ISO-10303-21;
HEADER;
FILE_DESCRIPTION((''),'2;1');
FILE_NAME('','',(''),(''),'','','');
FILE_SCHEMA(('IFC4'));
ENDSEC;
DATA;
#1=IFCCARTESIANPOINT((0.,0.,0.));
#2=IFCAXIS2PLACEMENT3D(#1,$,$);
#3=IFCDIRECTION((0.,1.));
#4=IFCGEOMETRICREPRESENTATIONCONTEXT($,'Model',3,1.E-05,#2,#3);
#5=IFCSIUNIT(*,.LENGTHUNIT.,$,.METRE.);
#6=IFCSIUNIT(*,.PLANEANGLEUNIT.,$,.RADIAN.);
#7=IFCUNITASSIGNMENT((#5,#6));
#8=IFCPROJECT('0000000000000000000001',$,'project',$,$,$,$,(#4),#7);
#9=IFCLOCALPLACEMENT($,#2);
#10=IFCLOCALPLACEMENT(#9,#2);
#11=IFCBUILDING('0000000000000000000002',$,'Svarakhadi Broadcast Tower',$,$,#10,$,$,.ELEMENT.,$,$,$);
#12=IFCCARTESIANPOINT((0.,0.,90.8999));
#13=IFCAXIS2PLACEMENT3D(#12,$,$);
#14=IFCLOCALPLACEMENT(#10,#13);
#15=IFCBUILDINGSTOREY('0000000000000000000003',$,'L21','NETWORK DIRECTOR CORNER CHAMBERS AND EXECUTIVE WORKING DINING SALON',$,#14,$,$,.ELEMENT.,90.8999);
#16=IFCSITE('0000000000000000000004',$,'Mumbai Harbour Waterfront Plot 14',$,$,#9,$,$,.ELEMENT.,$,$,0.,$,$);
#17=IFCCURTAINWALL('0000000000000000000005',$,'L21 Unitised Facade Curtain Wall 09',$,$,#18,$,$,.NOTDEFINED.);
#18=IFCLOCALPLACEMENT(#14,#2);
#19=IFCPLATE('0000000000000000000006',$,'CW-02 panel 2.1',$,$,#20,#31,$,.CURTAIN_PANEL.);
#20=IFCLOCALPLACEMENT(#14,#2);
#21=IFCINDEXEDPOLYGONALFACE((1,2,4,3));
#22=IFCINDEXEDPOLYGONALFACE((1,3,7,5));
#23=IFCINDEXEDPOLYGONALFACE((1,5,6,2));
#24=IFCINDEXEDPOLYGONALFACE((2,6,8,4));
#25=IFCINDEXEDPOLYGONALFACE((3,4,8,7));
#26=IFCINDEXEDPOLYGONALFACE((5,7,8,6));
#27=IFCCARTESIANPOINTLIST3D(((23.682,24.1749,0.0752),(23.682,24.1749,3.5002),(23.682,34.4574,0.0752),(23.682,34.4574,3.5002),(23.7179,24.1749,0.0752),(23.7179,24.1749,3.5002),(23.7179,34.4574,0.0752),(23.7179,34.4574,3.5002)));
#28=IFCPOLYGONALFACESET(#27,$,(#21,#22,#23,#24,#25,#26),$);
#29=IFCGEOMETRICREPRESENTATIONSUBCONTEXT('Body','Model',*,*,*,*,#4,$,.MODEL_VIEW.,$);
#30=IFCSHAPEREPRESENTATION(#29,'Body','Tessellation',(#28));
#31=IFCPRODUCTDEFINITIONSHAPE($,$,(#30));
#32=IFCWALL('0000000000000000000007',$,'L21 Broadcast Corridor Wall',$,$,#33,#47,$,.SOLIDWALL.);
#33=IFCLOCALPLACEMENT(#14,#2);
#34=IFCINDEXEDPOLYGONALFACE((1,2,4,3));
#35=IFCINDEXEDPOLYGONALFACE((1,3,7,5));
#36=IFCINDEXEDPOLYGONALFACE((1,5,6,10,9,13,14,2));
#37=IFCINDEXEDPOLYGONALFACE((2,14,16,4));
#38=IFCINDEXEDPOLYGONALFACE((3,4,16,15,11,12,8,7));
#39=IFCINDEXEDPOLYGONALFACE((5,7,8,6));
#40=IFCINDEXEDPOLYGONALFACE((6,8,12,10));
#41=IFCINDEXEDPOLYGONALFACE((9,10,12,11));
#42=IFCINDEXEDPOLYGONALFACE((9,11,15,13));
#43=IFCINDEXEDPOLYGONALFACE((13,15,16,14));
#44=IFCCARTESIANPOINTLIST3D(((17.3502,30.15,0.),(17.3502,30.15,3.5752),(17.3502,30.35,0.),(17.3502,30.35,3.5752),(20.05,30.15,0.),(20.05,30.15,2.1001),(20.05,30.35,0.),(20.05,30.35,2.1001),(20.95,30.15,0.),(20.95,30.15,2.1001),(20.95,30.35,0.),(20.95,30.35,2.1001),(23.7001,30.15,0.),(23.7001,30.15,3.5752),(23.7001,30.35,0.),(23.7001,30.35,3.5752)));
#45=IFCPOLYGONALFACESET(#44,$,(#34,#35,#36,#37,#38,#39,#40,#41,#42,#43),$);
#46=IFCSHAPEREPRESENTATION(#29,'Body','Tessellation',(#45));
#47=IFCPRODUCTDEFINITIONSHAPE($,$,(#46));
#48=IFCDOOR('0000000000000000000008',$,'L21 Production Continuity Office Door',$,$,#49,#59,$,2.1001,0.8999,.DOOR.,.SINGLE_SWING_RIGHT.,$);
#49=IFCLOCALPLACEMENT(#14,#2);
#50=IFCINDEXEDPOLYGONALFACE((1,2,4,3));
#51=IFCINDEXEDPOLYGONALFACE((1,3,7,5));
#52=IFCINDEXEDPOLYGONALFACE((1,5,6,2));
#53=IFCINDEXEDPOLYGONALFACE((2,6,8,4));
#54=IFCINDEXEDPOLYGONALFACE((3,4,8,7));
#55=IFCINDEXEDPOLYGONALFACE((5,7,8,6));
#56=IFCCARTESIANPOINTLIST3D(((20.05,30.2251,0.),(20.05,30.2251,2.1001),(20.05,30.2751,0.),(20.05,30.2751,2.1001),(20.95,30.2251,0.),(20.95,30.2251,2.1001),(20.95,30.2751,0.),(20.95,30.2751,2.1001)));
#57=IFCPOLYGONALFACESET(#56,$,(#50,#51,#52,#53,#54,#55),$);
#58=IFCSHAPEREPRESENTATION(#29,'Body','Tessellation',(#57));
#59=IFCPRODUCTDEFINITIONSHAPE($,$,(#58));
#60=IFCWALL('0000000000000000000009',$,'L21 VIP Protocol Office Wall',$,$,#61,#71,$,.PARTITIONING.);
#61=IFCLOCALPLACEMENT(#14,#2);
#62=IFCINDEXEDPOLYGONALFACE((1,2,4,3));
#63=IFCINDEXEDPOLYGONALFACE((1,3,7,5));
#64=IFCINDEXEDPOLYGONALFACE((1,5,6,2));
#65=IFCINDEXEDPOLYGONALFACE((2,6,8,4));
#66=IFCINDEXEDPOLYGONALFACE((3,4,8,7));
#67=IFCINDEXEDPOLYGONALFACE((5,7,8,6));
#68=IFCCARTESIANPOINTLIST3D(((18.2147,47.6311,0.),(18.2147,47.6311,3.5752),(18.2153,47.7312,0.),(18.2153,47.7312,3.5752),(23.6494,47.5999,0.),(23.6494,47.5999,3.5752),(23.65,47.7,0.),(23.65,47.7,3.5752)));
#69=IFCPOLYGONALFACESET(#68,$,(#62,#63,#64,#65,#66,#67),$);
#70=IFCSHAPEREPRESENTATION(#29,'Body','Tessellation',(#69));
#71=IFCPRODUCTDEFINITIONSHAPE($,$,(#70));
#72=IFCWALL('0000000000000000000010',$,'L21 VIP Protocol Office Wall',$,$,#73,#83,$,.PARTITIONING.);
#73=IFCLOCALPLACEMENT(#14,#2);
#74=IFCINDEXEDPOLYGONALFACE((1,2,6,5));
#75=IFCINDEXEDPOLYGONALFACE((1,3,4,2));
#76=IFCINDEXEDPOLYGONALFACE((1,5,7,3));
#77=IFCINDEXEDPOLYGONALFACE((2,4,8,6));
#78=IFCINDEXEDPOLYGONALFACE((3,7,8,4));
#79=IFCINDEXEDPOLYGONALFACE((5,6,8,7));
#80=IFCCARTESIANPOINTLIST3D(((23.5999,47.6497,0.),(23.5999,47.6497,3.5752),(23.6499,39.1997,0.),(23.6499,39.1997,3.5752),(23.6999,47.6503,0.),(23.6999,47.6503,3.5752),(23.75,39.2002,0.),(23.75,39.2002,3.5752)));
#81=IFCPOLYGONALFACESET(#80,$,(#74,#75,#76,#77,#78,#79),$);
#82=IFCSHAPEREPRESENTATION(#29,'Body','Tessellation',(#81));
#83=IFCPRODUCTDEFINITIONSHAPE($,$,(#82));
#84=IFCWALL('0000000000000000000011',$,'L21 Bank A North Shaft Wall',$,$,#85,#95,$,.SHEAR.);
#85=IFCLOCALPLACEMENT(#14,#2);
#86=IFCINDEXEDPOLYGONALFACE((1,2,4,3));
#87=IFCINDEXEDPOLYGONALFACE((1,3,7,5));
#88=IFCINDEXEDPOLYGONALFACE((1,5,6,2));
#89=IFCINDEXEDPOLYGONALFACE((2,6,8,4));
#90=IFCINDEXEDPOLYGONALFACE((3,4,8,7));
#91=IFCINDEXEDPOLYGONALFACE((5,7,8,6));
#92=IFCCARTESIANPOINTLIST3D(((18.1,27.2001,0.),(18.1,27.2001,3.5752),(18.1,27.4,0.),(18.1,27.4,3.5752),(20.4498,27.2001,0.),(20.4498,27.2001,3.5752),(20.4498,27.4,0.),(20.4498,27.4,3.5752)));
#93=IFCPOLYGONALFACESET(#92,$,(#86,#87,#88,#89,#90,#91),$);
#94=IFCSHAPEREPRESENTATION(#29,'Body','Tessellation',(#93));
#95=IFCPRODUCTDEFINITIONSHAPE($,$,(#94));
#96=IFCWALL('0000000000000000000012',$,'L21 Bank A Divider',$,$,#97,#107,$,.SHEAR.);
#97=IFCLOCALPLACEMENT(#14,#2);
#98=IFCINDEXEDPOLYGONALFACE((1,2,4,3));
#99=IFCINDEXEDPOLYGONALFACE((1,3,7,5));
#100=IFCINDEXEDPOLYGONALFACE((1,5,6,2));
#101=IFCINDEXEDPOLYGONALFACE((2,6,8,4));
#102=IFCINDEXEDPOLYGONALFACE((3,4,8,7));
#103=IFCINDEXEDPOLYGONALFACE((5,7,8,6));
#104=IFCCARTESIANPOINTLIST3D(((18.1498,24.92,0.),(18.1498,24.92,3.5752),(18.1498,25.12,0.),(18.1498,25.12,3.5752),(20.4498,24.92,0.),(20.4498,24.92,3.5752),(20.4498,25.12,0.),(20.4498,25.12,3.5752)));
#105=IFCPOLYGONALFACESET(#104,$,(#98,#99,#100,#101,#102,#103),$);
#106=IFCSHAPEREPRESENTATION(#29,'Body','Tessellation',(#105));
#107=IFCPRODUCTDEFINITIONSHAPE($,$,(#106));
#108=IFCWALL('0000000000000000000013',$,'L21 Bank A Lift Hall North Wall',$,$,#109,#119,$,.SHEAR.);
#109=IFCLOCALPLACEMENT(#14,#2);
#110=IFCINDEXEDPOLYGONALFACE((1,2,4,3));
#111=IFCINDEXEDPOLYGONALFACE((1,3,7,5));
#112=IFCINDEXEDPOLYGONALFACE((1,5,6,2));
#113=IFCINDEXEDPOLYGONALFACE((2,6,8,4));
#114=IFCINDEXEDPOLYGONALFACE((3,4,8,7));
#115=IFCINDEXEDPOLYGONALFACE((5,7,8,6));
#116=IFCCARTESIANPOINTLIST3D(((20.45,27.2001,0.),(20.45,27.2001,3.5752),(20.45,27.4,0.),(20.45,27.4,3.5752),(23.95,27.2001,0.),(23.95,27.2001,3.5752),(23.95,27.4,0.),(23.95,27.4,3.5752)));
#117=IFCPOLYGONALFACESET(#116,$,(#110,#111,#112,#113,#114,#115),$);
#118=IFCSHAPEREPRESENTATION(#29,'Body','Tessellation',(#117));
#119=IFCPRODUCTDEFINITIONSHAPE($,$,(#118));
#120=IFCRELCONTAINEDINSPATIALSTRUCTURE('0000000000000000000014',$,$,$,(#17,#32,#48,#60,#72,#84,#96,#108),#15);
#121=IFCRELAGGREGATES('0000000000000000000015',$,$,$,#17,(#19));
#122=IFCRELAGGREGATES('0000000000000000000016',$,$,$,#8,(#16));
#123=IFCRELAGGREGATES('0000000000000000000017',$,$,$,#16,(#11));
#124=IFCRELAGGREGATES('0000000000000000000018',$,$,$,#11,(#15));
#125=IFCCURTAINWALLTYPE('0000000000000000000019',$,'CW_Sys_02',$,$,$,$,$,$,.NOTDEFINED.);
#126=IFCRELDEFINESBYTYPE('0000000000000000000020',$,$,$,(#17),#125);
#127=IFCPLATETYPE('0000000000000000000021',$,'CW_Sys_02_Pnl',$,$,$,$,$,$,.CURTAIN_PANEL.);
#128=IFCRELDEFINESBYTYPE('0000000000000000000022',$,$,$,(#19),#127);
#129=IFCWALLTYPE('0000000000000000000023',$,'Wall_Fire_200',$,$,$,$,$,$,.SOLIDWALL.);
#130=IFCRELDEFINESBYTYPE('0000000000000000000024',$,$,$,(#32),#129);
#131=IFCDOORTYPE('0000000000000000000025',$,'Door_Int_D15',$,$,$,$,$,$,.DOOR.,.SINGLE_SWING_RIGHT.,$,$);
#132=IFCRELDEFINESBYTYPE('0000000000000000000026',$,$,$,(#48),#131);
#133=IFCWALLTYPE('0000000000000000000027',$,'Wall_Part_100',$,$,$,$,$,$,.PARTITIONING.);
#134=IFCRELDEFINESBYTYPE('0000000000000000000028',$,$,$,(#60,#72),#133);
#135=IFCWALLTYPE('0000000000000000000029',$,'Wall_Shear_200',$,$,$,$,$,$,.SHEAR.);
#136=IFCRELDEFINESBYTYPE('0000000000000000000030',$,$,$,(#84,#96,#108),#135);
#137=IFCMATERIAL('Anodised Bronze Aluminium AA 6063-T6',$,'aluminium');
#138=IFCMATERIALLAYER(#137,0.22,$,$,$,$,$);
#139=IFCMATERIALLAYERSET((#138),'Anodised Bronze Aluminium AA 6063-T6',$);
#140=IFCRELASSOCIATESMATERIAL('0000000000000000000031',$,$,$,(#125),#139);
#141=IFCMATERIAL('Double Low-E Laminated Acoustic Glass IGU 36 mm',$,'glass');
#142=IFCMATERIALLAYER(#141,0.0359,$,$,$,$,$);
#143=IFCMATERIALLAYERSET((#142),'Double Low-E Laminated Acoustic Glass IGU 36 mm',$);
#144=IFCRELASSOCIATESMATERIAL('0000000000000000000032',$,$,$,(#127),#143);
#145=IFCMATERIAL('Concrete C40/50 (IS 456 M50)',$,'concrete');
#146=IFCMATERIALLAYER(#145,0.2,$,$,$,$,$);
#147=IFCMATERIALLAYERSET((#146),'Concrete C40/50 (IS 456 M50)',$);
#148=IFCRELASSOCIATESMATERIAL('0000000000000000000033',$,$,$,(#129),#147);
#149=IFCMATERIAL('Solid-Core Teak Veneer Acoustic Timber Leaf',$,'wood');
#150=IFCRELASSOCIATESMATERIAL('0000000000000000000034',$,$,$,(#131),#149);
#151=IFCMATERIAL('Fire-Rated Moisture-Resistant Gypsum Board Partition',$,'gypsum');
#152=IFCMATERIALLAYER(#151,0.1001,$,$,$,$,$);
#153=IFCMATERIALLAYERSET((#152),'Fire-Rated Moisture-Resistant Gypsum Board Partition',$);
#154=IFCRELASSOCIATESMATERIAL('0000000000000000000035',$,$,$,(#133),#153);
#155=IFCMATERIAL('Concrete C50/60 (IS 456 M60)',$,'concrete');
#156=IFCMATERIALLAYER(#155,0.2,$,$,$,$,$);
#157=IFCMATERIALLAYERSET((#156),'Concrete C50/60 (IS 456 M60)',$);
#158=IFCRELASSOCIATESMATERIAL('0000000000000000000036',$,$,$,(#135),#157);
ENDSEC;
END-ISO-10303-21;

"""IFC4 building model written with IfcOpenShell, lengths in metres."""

from ifc_helpers import new_model, si_unit, direction, frame, frame_2d, origin, origin_2d, place, context, subcontext, project, spatial, rectangle, extrude, material, layer, layer_set, type_object, element, fill, aggregate, save


model = new_model("IFC4")

# Units and contexts
model_context = context("Model", 3, precision=1e-05, world=origin(), true_north=direction((0.0, 1.0)))
body_context = subcontext(model_context, "Body", "Model", "MODEL_VIEW")
ifc_project = project(units=[si_unit("LENGTHUNIT", "METRE"), si_unit("PLANEANGLEUNIT", "RADIAN")], contexts=[model_context])

# Site, building, storey
site_placement = place(None, origin())
site = spatial("IfcSite", under=ifc_project, at=site_placement, Name="Mumbai Harbour Waterfront Plot 14", CompositionType="ELEMENT", RefElevation=0.0)
building_placement = place(site_placement, origin())
building = spatial("IfcBuilding", under=site, at=building_placement, Name="Svarakhadi Broadcast Tower", CompositionType="ELEMENT")
storey_placement = place(building_placement, frame((0.0, 0.0, 90.8999)))
storey = spatial("IfcBuildingStorey", under=building, at=storey_placement, Name="L21", Description="NETWORK DIRECTOR CORNER CHAMBERS AND EXECUTIVE WORKING DINING SALON", CompositionType="ELEMENT", Elevation=90.8999)

# Curtain wall
ifc_material_1 = material(Name="Anodised Bronze Aluminium AA 6063-T6", Category="aluminium")
ifc_layer_1 = layer(ifc_material_1, 0.22)
ifc_layer_set_1 = layer_set([ifc_layer_1], Name="Anodised Bronze Aluminium AA 6063-T6")
curtain_wall_type = type_object("IfcCurtainWallType", Name="CW_Sys_02", PredefinedType="NOTDEFINED", material=ifc_layer_set_1)
curtain_wall_1_placement = place(storey_placement, origin())
curtain_wall_1 = element("IfcCurtainWall", 1, at=curtain_wall_1_placement, inside=storey, type_object=curtain_wall_type, Name="L21 Unitised Facade Curtain Wall 09", PredefinedType="NOTDEFINED")

# Plate
ifc_material_2 = material(Name="Double Low-E Laminated Acoustic Glass IGU 36 mm", Category="glass")
ifc_layer_2 = layer(ifc_material_2, 0.0359)
ifc_layer_set_2 = layer_set([ifc_layer_2], Name="Double Low-E Laminated Acoustic Glass IGU 36 mm")
plate_type = type_object("IfcPlateType", Name="CW_Sys_02_Pnl", PredefinedType="CURTAIN_PANEL", material=ifc_layer_set_2)
plate_1_placement = place(storey_placement, frame((23.7, 29.3162, 0.0752), z_axis=(0.0, 0.0, 1.0), x_axis=(0.0, -1.0, 0.0)))
plate_1 = element("IfcPlate", 2, at=plate_1_placement, type_object=plate_type, Name="CW-02 panel 2.1", PredefinedType="CURTAIN_PANEL", context=body_context, shape_type="SweptSolid", body=[
    extrude(rectangle(XDim=10.2825, YDim=0.0359, at=origin_2d()), origin(), (0.0, 0.0, 1.0), 3.425),
])
aggregate(curtain_wall_1, [plate_1])

# Wall, opening, door
ifc_material_3 = material(Name="Concrete C40/50 (IS 456 M50)", Category="concrete")
ifc_layer_3 = layer(ifc_material_3, 0.2)
ifc_layer_set_3 = layer_set([ifc_layer_3], Name="Concrete C40/50 (IS 456 M50)")
wall_type_1 = type_object("IfcWallType", Name="Wall_Fire_200", PredefinedType="SOLIDWALL", material=ifc_layer_set_3)
wall_1_placement = place(storey_placement, frame((23.7, 30.25, 0.0), z_axis=(0.0, 0.0, 1.0), x_axis=(-1.0, 0.0, 0.0)))
wall_1 = element("IfcWall", 3, at=wall_1_placement, inside=storey, type_object=wall_type_1, Name="L21 Broadcast Corridor Wall", PredefinedType="SOLIDWALL", context=body_context, shape_type="SweptSolid", body=[
    extrude(rectangle(XDim=6.3499, YDim=0.2, at=frame_2d((3.1748, 0.0))), origin(), (0.0, 0.0, 1.0), 3.5752),
])
opening_placement = place(wall_1_placement, frame((2.75, 0.0, 0.0)))
opening = element("IfcOpeningElement", 4, at=opening_placement, cuts=wall_1, PredefinedType="OPENING", context=body_context, shape_type="SweptSolid", body=[
    extrude(rectangle(XDim=0.8999, YDim=2.1001, at=frame_2d((0.45, 1.05))), frame((0.0, 0.1099, 0.0), z_axis=(0.0, -1.0, 0.0), x_axis=(1.0, 0.0, 0.0)), (0.0, 0.0, 1.0), 0.22),
])
ifc_material_4 = material(Name="Solid-Core Teak Veneer Acoustic Timber Leaf", Category="wood")
door_type = type_object("IfcDoorType", Name="Door_Int_D15", OperationType="SINGLE_SWING_RIGHT", PredefinedType="DOOR", material=ifc_material_4)
door_placement = place(opening_placement, origin())
door = element("IfcDoor", 5, at=door_placement, inside=storey, type_object=door_type, Name="L21 Production Continuity Office Door", OperationType="SINGLE_SWING_RIGHT", OverallHeight=2.1001, OverallWidth=0.8999, PredefinedType="DOOR", context=body_context, shape_type="SweptSolid", body=[
    extrude(rectangle(XDim=0.8999, YDim=2.1001, at=frame_2d((0.45, 1.05))), frame((0.0, 0.0249, 0.0), z_axis=(0.0, -1.0, 0.0), x_axis=(1.0, 0.0, 0.0)), (0.0, 0.0, 1.0), 0.05),
])
fill(opening, door)

# Walls
ifc_material_5 = material(Name="Fire-Rated Moisture-Resistant Gypsum Board Partition", Category="gypsum")
ifc_layer_4 = layer(ifc_material_5, 0.1001)
ifc_layer_set_4 = layer_set([ifc_layer_4], Name="Fire-Rated Moisture-Resistant Gypsum Board Partition")
wall_type_2 = type_object("IfcWallType", Name="Wall_Part_100", PredefinedType="PARTITIONING", material=ifc_layer_set_4)
wall_2_placement = place(storey_placement, frame((18.2151, 47.6812, 0.0), z_axis=(0.0, 0.0, 1.0), x_axis=(0.999983, -0.00575, 0.0)))
element("IfcWall", 6, at=wall_2_placement, inside=storey, type_object=wall_type_2, Name="L21 VIP Protocol Office Wall", PredefinedType="PARTITIONING", context=body_context, shape_type="SweptSolid", body=[
    extrude(rectangle(XDim=5.4348, YDim=0.1001, at=frame_2d((2.7173, 0.0))), origin(), (0.0, 0.0, 1.0), 3.5752),
])
wall_3_placement = place(storey_placement, frame((23.7, 39.2, 0.0), z_axis=(0.0, 0.0, 1.0), x_axis=(-0.005923, 0.999982, 0.0)))
element("IfcWall", 7, at=wall_3_placement, inside=storey, type_object=wall_type_2, Name="L21 VIP Protocol Office Wall", PredefinedType="PARTITIONING", context=body_context, shape_type="SweptSolid", body=[
    extrude(rectangle(XDim=8.4502, YDim=0.1001, at=frame_2d((4.2251, 0.0))), origin(), (0.0, 0.0, 1.0), 3.5752),
])
ifc_material_6 = material(Name="Concrete C50/60 (IS 456 M60)", Category="concrete")
ifc_layer_5 = layer(ifc_material_6, 0.2)
ifc_layer_set_5 = layer_set([ifc_layer_5], Name="Concrete C50/60 (IS 456 M60)")
wall_type_3 = type_object("IfcWallType", Name="Wall_Shear_200", PredefinedType="SHEAR", material=ifc_layer_set_5)
wall_4_placement = place(storey_placement, frame((18.1001, 27.3, 0.0), z_axis=(0.0, 0.0, 1.0), x_axis=(1.0, 0.0, 0.0)))
element("IfcWall", 8, at=wall_4_placement, inside=storey, type_object=wall_type_3, Name="L21 Bank A North Shaft Wall", PredefinedType="SHEAR", context=body_context, shape_type="SweptSolid", body=[
    extrude(rectangle(XDim=2.3499, YDim=0.2, at=frame_2d((1.1748, 0.0))), origin(), (0.0, 0.0, 1.0), 3.5752),
])
wall_5_placement = place(storey_placement, frame((18.1499, 25.02, 0.0), z_axis=(0.0, 0.0, 1.0), x_axis=(1.0, 0.0, 0.0)))
element("IfcWall", 9, at=wall_5_placement, inside=storey, type_object=wall_type_3, Name="L21 Bank A Divider", PredefinedType="SHEAR", context=body_context, shape_type="SweptSolid", body=[
    extrude(rectangle(XDim=2.3, YDim=0.2, at=frame_2d((1.1499, 0.0))), origin(), (0.0, 0.0, 1.0), 3.5752),
])
wall_6_placement = place(storey_placement, frame((20.45, 27.3, 0.0), z_axis=(0.0, 0.0, 1.0), x_axis=(1.0, 0.0, 0.0)))
element("IfcWall", 10, at=wall_6_placement, inside=storey, type_object=wall_type_3, Name="L21 Bank A Lift Hall North Wall", PredefinedType="SHEAR", context=body_context, shape_type="SweptSolid", body=[
    extrude(rectangle(XDim=3.5, YDim=0.2, at=frame_2d((1.75, 0.0))), origin(), (0.0, 0.0, 1.0), 3.5752),
])

save(model, "model.ifc")
